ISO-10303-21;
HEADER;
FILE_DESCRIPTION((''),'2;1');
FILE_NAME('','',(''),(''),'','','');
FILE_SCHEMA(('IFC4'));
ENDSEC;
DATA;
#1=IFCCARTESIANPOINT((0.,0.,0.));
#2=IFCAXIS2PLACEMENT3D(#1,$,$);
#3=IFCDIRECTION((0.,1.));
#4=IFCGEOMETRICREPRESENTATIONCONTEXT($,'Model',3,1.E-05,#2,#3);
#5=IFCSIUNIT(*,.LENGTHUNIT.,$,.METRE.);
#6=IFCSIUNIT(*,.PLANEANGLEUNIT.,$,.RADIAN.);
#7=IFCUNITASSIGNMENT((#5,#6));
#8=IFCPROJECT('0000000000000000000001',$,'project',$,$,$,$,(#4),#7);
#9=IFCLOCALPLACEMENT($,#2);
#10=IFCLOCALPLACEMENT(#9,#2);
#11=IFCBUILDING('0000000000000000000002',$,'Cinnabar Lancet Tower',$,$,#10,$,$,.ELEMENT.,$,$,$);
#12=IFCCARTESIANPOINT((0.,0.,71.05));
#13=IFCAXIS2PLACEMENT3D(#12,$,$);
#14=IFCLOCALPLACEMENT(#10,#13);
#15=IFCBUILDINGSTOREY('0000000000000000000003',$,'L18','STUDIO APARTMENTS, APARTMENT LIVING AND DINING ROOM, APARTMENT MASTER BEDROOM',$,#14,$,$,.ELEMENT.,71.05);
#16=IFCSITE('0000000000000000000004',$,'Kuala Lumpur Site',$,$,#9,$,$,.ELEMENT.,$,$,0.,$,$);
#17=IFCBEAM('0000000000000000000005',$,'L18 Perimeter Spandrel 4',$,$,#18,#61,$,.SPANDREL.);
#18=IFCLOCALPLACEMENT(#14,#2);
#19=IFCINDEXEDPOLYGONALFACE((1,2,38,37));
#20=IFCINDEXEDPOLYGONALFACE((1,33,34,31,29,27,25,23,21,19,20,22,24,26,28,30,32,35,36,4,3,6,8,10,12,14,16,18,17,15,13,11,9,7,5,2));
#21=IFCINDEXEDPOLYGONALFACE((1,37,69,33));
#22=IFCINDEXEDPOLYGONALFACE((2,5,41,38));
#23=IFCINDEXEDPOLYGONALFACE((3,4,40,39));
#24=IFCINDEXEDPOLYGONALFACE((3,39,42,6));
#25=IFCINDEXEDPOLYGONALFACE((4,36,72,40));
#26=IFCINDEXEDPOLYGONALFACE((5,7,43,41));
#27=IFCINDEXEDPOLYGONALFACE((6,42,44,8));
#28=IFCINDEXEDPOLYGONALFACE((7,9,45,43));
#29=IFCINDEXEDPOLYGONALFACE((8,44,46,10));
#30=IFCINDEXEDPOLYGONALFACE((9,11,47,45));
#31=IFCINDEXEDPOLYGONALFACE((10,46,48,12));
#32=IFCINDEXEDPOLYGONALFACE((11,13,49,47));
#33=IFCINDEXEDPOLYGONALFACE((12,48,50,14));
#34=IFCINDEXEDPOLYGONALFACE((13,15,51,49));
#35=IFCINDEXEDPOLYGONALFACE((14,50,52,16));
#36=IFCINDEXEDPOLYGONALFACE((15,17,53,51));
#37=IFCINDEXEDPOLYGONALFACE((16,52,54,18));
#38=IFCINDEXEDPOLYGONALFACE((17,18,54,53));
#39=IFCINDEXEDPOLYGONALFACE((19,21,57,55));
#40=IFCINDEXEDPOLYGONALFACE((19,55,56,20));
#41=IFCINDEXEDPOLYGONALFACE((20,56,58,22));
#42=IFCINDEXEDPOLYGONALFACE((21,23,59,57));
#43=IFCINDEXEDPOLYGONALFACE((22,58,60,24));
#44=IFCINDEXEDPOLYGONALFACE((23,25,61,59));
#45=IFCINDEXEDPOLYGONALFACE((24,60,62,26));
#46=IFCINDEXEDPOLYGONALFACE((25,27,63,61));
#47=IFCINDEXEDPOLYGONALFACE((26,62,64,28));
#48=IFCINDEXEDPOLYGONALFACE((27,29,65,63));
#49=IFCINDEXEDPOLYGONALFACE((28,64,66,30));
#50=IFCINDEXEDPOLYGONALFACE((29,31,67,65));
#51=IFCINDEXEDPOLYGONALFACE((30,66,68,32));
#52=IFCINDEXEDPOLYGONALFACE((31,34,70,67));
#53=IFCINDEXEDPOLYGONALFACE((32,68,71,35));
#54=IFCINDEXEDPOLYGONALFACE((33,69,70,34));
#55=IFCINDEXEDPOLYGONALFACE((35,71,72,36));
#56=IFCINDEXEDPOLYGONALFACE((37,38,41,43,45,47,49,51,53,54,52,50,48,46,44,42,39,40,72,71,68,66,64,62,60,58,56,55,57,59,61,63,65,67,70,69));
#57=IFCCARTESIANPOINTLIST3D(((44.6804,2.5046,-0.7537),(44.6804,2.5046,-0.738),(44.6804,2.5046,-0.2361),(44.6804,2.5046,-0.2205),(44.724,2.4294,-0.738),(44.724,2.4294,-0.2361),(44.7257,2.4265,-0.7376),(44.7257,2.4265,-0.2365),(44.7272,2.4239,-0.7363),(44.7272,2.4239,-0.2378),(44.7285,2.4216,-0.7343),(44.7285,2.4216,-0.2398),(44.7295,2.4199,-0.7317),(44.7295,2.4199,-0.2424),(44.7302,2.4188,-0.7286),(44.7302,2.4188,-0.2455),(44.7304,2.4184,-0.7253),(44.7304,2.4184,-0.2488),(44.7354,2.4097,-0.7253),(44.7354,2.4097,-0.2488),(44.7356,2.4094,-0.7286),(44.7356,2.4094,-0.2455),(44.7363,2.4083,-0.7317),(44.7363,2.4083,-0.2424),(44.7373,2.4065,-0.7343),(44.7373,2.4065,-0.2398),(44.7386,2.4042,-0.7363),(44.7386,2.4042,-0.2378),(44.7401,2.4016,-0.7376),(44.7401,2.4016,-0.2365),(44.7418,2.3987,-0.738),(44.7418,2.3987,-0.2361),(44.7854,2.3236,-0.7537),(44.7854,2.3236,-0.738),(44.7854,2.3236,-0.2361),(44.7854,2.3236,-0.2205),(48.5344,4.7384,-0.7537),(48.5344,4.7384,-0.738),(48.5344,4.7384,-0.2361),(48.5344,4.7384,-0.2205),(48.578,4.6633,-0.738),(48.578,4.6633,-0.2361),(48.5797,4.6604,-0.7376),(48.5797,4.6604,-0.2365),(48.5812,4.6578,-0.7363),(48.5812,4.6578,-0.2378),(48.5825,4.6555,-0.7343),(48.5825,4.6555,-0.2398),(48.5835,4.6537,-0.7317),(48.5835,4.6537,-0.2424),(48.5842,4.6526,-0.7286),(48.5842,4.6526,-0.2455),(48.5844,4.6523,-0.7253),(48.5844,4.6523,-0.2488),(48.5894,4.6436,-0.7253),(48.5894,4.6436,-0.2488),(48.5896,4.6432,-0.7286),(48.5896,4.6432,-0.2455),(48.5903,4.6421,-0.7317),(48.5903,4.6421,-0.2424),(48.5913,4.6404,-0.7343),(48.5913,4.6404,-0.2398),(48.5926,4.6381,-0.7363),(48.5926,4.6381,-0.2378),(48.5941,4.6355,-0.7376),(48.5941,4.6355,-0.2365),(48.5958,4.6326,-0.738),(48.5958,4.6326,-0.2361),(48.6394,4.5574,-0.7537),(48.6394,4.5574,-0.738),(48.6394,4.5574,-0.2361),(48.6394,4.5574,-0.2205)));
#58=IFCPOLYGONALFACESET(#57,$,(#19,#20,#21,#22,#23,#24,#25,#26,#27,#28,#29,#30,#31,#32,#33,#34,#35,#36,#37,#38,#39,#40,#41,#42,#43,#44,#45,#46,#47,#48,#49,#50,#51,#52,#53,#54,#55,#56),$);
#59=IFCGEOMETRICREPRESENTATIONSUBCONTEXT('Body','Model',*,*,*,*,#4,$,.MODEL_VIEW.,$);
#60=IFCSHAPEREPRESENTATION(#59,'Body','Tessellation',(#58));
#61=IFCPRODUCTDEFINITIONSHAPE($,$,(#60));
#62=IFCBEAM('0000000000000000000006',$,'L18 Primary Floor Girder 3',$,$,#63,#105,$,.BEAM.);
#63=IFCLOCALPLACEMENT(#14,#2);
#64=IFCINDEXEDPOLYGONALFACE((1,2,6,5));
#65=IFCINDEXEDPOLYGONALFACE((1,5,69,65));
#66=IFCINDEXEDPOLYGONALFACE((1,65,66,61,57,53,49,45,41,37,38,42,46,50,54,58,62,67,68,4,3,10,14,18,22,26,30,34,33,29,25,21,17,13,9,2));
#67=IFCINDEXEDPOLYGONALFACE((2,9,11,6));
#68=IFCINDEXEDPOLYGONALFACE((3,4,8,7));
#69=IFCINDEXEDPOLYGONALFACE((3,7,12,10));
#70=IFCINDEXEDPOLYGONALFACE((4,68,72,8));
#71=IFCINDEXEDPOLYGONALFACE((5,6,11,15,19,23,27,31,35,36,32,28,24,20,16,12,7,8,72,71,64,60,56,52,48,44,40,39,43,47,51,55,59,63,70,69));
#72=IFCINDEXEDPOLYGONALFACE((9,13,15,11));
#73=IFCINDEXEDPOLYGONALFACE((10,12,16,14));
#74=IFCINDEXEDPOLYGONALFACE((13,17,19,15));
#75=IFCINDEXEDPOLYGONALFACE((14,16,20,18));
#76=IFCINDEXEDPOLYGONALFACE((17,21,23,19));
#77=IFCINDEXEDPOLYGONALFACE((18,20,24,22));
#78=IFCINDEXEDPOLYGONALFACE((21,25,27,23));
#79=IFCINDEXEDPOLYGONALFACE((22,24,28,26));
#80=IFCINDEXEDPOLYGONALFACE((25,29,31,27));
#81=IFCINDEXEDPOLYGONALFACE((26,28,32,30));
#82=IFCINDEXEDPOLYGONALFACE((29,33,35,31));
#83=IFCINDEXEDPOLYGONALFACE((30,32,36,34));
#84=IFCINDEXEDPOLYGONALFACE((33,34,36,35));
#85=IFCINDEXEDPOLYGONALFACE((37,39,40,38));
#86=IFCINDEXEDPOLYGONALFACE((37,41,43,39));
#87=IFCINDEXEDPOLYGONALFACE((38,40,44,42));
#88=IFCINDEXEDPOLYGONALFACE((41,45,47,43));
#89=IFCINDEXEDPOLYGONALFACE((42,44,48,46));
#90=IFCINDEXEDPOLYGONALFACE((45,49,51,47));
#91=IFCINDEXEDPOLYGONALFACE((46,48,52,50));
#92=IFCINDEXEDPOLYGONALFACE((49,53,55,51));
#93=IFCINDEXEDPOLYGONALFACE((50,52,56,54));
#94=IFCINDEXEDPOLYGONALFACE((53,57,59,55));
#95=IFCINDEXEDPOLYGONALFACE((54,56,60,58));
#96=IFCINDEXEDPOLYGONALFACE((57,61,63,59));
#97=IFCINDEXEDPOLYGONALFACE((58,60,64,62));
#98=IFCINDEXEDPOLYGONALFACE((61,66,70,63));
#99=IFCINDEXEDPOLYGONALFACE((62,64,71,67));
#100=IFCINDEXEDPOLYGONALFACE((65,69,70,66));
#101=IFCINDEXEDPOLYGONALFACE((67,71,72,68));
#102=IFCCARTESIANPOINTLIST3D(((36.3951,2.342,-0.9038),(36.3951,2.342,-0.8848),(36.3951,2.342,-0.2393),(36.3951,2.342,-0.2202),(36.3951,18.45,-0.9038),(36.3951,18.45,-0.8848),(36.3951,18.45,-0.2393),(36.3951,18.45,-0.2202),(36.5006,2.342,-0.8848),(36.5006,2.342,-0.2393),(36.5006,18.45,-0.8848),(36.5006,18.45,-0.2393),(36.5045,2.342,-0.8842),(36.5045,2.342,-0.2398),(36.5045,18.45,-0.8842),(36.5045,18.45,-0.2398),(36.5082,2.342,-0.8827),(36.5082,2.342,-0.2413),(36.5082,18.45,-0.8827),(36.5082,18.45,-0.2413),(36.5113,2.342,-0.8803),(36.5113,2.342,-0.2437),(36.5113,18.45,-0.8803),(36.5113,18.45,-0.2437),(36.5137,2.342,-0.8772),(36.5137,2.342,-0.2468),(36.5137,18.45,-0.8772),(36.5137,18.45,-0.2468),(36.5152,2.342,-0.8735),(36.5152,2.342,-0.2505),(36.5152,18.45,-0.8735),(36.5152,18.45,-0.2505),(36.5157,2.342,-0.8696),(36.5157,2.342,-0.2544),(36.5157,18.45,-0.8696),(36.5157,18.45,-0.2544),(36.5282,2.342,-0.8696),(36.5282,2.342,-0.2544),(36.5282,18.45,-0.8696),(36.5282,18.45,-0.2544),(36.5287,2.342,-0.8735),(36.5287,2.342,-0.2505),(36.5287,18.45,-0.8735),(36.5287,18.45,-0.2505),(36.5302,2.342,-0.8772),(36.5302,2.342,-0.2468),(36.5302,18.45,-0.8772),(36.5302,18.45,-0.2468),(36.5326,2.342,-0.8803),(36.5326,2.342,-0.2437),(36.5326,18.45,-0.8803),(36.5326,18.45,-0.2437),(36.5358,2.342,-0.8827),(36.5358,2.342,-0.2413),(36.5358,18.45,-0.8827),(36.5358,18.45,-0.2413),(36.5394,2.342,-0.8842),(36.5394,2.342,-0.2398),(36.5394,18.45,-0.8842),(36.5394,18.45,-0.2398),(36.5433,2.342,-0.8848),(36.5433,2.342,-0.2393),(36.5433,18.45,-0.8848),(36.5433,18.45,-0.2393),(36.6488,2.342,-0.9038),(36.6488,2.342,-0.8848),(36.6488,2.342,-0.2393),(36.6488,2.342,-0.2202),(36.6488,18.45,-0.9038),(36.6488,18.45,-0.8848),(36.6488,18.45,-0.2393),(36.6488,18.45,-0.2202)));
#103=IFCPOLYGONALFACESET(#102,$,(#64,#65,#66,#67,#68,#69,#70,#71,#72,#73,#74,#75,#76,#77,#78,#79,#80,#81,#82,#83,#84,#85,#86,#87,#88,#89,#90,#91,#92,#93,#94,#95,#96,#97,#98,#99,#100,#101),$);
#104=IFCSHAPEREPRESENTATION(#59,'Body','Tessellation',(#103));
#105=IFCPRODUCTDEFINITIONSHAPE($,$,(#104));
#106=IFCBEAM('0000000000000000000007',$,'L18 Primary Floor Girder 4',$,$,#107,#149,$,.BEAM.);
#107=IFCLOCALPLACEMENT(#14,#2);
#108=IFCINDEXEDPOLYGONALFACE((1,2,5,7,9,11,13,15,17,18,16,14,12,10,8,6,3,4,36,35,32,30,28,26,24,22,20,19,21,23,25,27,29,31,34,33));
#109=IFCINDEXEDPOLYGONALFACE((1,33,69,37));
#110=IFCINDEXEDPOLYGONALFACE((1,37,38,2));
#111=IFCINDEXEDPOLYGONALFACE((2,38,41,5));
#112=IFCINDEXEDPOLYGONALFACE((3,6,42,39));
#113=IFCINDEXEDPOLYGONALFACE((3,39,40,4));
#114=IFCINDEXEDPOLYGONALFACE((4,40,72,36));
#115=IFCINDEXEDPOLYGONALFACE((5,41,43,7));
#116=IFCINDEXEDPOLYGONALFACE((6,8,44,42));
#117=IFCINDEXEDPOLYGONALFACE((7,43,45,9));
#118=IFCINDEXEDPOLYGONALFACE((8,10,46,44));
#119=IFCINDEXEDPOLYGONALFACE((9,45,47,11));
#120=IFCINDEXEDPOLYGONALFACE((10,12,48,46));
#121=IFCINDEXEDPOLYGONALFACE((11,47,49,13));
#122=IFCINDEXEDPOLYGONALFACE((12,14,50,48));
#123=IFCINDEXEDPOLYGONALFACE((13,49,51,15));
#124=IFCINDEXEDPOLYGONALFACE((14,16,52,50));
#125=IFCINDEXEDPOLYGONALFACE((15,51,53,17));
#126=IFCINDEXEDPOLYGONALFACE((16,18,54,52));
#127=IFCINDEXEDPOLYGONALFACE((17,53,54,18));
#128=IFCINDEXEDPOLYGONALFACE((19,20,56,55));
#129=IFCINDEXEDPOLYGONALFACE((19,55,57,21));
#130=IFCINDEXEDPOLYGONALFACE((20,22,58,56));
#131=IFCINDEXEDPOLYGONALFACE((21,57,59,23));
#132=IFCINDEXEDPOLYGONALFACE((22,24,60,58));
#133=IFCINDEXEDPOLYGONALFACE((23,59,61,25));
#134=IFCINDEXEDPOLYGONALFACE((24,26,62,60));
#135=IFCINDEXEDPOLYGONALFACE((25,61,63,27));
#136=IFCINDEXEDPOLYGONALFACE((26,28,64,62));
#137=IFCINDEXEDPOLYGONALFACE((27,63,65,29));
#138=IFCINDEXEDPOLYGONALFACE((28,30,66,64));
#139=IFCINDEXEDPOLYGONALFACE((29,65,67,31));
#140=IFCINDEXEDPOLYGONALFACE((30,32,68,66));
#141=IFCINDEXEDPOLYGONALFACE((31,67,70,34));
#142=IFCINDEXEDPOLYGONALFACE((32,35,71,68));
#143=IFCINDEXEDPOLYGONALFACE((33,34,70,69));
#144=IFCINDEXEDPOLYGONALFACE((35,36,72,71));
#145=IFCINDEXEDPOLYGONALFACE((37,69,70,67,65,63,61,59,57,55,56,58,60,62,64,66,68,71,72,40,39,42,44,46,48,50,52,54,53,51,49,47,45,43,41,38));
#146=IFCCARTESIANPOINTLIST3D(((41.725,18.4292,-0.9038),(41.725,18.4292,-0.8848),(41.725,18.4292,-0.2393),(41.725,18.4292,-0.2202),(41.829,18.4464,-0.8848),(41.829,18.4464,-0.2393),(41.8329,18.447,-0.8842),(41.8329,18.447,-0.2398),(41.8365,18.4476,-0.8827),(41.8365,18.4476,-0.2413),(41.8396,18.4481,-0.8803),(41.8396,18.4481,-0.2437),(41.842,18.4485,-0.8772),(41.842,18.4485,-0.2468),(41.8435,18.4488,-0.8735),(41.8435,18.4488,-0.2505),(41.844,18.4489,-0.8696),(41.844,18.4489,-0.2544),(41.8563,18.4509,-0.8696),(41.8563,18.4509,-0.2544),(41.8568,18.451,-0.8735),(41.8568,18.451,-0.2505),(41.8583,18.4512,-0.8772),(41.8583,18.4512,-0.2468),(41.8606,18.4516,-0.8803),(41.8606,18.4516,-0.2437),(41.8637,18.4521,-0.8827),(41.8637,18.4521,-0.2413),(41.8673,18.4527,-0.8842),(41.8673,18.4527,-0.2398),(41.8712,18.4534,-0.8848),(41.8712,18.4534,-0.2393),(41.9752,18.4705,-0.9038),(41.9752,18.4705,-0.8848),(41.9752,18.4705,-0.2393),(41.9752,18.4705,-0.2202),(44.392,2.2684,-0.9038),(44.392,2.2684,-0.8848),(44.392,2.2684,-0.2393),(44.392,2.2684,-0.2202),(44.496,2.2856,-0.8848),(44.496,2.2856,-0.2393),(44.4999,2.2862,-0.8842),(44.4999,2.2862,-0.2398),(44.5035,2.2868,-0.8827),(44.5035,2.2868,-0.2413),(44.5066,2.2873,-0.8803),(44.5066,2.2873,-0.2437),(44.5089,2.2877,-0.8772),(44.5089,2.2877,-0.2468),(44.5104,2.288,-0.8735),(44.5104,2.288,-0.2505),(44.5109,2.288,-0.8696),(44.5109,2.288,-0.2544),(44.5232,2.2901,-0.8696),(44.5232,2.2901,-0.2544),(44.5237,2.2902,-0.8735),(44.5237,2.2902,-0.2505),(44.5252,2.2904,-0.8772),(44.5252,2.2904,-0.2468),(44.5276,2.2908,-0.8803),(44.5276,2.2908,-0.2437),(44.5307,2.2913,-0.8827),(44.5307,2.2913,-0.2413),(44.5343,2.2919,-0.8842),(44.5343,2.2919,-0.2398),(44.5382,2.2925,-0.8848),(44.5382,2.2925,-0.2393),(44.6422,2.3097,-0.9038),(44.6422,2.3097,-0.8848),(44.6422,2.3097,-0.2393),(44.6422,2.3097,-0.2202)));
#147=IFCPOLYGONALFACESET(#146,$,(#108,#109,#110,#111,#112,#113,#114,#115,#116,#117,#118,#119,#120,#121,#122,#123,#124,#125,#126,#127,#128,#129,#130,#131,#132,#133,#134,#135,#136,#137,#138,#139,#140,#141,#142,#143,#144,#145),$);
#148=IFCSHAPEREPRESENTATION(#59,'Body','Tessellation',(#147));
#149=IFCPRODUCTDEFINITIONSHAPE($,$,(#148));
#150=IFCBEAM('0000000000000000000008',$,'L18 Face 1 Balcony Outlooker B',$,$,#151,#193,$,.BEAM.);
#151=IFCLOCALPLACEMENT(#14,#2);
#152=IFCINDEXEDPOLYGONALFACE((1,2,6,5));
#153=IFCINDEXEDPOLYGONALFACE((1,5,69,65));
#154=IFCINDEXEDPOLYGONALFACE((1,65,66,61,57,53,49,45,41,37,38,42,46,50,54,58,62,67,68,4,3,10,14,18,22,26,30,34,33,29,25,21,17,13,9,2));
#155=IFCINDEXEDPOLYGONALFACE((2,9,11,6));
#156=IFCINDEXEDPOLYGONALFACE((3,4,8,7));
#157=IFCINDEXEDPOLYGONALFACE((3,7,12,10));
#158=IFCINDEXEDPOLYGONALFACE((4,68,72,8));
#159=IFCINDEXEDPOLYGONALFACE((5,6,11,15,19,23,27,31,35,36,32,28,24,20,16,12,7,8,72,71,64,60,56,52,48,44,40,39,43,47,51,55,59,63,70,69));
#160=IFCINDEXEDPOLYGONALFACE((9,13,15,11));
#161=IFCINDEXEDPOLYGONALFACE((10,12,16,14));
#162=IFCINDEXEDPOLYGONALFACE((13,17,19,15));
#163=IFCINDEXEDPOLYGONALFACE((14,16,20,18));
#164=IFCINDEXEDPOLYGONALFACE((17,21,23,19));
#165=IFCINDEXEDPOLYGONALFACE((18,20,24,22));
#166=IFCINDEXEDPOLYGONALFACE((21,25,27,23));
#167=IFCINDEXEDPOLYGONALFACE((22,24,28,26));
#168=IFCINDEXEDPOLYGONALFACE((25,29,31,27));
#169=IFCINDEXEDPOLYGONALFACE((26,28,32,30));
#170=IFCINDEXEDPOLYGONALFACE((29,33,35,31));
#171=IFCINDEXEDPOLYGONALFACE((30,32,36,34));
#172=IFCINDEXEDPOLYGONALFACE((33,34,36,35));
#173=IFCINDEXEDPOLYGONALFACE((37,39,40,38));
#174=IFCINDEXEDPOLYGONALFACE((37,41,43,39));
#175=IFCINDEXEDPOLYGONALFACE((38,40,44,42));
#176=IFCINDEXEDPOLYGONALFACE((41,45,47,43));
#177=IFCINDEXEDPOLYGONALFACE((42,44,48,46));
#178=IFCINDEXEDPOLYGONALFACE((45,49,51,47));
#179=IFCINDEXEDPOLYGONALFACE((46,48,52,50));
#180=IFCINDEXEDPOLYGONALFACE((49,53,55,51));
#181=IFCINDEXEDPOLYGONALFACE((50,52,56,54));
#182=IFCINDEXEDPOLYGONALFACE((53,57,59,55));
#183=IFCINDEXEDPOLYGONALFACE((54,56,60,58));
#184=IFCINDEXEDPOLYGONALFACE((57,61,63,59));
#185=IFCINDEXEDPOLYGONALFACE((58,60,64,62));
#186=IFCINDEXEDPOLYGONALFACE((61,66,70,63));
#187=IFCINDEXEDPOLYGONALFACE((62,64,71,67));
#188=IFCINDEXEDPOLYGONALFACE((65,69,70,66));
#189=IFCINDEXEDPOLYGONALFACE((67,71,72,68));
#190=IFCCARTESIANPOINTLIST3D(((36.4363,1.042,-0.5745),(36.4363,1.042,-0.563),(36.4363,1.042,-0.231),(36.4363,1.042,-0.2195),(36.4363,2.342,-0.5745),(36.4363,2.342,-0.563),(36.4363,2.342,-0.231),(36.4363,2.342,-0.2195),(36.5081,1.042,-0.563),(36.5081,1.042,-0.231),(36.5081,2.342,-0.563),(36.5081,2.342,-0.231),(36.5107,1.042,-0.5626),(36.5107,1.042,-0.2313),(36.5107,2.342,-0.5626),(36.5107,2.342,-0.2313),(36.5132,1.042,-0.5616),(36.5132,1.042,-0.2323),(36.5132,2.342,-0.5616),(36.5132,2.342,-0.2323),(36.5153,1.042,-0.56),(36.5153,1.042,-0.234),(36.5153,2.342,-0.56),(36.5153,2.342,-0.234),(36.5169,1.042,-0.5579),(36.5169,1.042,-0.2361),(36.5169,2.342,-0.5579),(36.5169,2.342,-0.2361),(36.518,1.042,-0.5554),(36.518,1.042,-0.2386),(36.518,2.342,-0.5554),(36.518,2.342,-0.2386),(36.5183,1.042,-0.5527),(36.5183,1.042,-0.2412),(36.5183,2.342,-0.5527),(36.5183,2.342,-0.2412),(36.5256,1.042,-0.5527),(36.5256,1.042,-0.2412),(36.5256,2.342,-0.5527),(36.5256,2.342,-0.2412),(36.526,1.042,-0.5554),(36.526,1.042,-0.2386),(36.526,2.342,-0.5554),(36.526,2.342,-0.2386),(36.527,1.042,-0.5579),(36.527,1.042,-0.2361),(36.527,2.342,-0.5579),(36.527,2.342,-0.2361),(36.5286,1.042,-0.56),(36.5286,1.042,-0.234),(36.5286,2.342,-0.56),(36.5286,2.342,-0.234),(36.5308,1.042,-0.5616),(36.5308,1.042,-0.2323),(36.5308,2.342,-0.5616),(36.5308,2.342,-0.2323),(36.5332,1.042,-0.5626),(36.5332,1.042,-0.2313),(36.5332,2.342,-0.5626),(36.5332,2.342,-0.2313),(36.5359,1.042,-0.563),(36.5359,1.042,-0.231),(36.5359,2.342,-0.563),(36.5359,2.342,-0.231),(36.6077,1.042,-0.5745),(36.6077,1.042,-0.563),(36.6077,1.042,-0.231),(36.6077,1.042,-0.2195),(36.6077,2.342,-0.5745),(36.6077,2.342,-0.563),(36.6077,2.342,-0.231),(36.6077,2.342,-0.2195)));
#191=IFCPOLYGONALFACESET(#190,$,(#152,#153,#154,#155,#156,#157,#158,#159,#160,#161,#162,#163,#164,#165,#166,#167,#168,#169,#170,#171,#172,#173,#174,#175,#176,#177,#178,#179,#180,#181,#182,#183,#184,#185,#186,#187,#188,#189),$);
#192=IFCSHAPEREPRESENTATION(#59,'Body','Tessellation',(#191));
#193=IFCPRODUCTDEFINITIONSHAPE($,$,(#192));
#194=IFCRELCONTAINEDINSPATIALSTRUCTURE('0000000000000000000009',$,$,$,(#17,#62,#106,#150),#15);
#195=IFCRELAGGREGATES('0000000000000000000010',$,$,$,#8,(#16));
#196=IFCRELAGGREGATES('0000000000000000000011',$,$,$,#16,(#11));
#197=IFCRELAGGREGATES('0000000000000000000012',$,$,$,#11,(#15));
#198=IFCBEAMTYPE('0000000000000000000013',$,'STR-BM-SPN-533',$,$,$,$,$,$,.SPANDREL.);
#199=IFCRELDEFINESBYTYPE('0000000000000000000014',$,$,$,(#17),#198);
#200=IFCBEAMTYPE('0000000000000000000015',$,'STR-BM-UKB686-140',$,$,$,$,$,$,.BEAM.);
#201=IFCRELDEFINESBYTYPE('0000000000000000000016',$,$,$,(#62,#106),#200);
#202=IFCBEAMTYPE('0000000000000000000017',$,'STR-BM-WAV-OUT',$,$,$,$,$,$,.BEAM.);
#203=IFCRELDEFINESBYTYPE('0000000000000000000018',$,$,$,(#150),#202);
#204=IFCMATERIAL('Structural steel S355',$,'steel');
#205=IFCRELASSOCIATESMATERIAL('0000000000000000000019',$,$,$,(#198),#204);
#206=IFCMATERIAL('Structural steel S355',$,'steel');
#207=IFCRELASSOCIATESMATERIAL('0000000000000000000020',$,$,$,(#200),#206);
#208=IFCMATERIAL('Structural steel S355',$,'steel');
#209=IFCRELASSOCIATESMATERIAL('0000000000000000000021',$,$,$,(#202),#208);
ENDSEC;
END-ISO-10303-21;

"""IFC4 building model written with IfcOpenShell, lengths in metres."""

from ifc_helpers import new_model, si_unit, direction, frame, origin, origin_2d, place, context, subcontext, project, spatial, i_section, extrude, material, material_profile, profile_set, type_object, element, save


model = new_model("IFC4")

# Units and contexts
model_context = context("Model", 3, precision=1e-05, world=origin(), true_north=direction((0.0, 1.0)))
body_context = subcontext(model_context, "Body", "Model", "MODEL_VIEW")
ifc_project = project(units=[si_unit("LENGTHUNIT", "METRE"), si_unit("PLANEANGLEUNIT", "RADIAN")], contexts=[model_context])

# Site, building, storey
site_placement = place(None, origin())
site = spatial("IfcSite", under=ifc_project, at=site_placement, Name="Kuala Lumpur Site", CompositionType="ELEMENT", RefElevation=0.0)
building_placement = place(site_placement, origin())
building = spatial("IfcBuilding", under=site, at=building_placement, Name="Cinnabar Lancet Tower", CompositionType="ELEMENT")
storey_placement = place(building_placement, frame((0.0, 0.0, 71.05)))
storey = spatial("IfcBuildingStorey", under=building, at=storey_placement, Name="L18", Description="STUDIO APARTMENTS, APARTMENT LIVING AND DINING ROOM, APARTMENT MASTER BEDROOM", CompositionType="ELEMENT", Elevation=71.05)

# Beams
ifc_material_1 = material(Name="Structural steel S355", Category="steel")
ifc_material_profile_1 = material_profile(ifc_material_1, i_section(OverallWidth=0.2092, OverallDepth=0.5332, WebThickness=0.01, FlangeThickness=0.0156, FilletRadius=0.0127, at=origin_2d()), Name="UKB 533x210x92")
ifc_profile_set_1 = profile_set([ifc_material_profile_1], Name="Structural steel S355")
beam_type_1 = type_object("IfcBeamType", Name="STR-BM-SPN-533", PredefinedType="SPANDREL", material=ifc_profile_set_1)
beam_1_placement = place(storey_placement, frame((44.7329, 2.4141, -0.4871), z_axis=(0.865171, 0.501477, 0.0), x_axis=(-0.501477, 0.865171, 0.0)))
element("IfcBeam", 1, at=beam_1_placement, inside=storey, type_object=beam_type_1, Name="L18 Perimeter Spandrel 4", PredefinedType="SPANDREL", context=body_context, shape_type="SweptSolid", body=[
    extrude(i_section(OverallWidth=0.2092, OverallDepth=0.5332, WebThickness=0.01, FlangeThickness=0.0156, FilletRadius=0.0127, at=origin_2d()), origin(), (0.0, 0.0, 1.0), 4.4546),
])
ifc_material_2 = material(Name="Structural steel S355", Category="steel")
ifc_material_profile_2 = material_profile(ifc_material_2, i_section(OverallWidth=0.2537, OverallDepth=0.6836, WebThickness=0.0125, FlangeThickness=0.019, FilletRadius=0.0151, at=origin_2d()), Name="UKB 686x254x140")
ifc_profile_set_2 = profile_set([ifc_material_profile_2], Name="Structural steel S355")
beam_type_2 = type_object("IfcBeamType", Name="STR-BM-UKB686-140", PredefinedType="BEAM", material=ifc_profile_set_2)
beam_2_placement = place(storey_placement, frame((36.522, 2.342, -0.562), z_axis=(0.0, 1.0, 0.0), x_axis=(-1.0, 0.0, 0.0)))
element("IfcBeam", 2, at=beam_2_placement, inside=storey, type_object=beam_type_2, Name="L18 Primary Floor Girder 3", PredefinedType="BEAM", context=body_context, shape_type="SweptSolid", body=[
    extrude(i_section(OverallWidth=0.2537, OverallDepth=0.6836, WebThickness=0.0125, FlangeThickness=0.019, FilletRadius=0.0151, at=origin_2d()), origin(), (0.0, 0.0, 1.0), 16.1079),
])
beam_3_placement = place(storey_placement, frame((44.5171, 2.2891, -0.562), z_axis=(-0.162825, 0.986655, 0.0), x_axis=(-0.986655, -0.162825, 0.0)))
element("IfcBeam", 3, at=beam_3_placement, inside=storey, type_object=beam_type_2, Name="L18 Primary Floor Girder 4", PredefinedType="BEAM", context=body_context, shape_type="SweptSolid", body=[
    extrude(i_section(OverallWidth=0.2537, OverallDepth=0.6836, WebThickness=0.0125, FlangeThickness=0.019, FilletRadius=0.0151, at=origin_2d()), origin(), (0.0, 0.0, 1.0), 16.3794),
])
ifc_material_3 = material(Name="Structural steel S355", Category="steel")
ifc_material_profile_3 = material_profile(ifc_material_3, i_section(OverallWidth=0.1714, OverallDepth=0.355, WebThickness=0.0073, FlangeThickness=0.0115, FilletRadius=0.0103, at=origin_2d()), Name="UKB 356x171x51")
ifc_profile_set_3 = profile_set([ifc_material_profile_3], Name="Structural steel S355")
beam_type_3 = type_object("IfcBeamType", Name="STR-BM-WAV-OUT", PredefinedType="BEAM", material=ifc_profile_set_3)
beam_4_placement = place(storey_placement, frame((36.522, 2.342, -0.397), z_axis=(0.0, -1.0, 0.0), x_axis=(1.0, 0.0, 0.0)))
element("IfcBeam", 4, at=beam_4_placement, inside=storey, type_object=beam_type_3, Name="L18 Face 1 Balcony Outlooker B", PredefinedType="BEAM", context=body_context, shape_type="SweptSolid", body=[
    extrude(i_section(OverallWidth=0.1714, OverallDepth=0.355, WebThickness=0.0073, FlangeThickness=0.0115, FilletRadius=0.0103, at=origin_2d()), origin(), (0.0, 0.0, 1.0), 1.3),
])

save(model, "model.ifc")
